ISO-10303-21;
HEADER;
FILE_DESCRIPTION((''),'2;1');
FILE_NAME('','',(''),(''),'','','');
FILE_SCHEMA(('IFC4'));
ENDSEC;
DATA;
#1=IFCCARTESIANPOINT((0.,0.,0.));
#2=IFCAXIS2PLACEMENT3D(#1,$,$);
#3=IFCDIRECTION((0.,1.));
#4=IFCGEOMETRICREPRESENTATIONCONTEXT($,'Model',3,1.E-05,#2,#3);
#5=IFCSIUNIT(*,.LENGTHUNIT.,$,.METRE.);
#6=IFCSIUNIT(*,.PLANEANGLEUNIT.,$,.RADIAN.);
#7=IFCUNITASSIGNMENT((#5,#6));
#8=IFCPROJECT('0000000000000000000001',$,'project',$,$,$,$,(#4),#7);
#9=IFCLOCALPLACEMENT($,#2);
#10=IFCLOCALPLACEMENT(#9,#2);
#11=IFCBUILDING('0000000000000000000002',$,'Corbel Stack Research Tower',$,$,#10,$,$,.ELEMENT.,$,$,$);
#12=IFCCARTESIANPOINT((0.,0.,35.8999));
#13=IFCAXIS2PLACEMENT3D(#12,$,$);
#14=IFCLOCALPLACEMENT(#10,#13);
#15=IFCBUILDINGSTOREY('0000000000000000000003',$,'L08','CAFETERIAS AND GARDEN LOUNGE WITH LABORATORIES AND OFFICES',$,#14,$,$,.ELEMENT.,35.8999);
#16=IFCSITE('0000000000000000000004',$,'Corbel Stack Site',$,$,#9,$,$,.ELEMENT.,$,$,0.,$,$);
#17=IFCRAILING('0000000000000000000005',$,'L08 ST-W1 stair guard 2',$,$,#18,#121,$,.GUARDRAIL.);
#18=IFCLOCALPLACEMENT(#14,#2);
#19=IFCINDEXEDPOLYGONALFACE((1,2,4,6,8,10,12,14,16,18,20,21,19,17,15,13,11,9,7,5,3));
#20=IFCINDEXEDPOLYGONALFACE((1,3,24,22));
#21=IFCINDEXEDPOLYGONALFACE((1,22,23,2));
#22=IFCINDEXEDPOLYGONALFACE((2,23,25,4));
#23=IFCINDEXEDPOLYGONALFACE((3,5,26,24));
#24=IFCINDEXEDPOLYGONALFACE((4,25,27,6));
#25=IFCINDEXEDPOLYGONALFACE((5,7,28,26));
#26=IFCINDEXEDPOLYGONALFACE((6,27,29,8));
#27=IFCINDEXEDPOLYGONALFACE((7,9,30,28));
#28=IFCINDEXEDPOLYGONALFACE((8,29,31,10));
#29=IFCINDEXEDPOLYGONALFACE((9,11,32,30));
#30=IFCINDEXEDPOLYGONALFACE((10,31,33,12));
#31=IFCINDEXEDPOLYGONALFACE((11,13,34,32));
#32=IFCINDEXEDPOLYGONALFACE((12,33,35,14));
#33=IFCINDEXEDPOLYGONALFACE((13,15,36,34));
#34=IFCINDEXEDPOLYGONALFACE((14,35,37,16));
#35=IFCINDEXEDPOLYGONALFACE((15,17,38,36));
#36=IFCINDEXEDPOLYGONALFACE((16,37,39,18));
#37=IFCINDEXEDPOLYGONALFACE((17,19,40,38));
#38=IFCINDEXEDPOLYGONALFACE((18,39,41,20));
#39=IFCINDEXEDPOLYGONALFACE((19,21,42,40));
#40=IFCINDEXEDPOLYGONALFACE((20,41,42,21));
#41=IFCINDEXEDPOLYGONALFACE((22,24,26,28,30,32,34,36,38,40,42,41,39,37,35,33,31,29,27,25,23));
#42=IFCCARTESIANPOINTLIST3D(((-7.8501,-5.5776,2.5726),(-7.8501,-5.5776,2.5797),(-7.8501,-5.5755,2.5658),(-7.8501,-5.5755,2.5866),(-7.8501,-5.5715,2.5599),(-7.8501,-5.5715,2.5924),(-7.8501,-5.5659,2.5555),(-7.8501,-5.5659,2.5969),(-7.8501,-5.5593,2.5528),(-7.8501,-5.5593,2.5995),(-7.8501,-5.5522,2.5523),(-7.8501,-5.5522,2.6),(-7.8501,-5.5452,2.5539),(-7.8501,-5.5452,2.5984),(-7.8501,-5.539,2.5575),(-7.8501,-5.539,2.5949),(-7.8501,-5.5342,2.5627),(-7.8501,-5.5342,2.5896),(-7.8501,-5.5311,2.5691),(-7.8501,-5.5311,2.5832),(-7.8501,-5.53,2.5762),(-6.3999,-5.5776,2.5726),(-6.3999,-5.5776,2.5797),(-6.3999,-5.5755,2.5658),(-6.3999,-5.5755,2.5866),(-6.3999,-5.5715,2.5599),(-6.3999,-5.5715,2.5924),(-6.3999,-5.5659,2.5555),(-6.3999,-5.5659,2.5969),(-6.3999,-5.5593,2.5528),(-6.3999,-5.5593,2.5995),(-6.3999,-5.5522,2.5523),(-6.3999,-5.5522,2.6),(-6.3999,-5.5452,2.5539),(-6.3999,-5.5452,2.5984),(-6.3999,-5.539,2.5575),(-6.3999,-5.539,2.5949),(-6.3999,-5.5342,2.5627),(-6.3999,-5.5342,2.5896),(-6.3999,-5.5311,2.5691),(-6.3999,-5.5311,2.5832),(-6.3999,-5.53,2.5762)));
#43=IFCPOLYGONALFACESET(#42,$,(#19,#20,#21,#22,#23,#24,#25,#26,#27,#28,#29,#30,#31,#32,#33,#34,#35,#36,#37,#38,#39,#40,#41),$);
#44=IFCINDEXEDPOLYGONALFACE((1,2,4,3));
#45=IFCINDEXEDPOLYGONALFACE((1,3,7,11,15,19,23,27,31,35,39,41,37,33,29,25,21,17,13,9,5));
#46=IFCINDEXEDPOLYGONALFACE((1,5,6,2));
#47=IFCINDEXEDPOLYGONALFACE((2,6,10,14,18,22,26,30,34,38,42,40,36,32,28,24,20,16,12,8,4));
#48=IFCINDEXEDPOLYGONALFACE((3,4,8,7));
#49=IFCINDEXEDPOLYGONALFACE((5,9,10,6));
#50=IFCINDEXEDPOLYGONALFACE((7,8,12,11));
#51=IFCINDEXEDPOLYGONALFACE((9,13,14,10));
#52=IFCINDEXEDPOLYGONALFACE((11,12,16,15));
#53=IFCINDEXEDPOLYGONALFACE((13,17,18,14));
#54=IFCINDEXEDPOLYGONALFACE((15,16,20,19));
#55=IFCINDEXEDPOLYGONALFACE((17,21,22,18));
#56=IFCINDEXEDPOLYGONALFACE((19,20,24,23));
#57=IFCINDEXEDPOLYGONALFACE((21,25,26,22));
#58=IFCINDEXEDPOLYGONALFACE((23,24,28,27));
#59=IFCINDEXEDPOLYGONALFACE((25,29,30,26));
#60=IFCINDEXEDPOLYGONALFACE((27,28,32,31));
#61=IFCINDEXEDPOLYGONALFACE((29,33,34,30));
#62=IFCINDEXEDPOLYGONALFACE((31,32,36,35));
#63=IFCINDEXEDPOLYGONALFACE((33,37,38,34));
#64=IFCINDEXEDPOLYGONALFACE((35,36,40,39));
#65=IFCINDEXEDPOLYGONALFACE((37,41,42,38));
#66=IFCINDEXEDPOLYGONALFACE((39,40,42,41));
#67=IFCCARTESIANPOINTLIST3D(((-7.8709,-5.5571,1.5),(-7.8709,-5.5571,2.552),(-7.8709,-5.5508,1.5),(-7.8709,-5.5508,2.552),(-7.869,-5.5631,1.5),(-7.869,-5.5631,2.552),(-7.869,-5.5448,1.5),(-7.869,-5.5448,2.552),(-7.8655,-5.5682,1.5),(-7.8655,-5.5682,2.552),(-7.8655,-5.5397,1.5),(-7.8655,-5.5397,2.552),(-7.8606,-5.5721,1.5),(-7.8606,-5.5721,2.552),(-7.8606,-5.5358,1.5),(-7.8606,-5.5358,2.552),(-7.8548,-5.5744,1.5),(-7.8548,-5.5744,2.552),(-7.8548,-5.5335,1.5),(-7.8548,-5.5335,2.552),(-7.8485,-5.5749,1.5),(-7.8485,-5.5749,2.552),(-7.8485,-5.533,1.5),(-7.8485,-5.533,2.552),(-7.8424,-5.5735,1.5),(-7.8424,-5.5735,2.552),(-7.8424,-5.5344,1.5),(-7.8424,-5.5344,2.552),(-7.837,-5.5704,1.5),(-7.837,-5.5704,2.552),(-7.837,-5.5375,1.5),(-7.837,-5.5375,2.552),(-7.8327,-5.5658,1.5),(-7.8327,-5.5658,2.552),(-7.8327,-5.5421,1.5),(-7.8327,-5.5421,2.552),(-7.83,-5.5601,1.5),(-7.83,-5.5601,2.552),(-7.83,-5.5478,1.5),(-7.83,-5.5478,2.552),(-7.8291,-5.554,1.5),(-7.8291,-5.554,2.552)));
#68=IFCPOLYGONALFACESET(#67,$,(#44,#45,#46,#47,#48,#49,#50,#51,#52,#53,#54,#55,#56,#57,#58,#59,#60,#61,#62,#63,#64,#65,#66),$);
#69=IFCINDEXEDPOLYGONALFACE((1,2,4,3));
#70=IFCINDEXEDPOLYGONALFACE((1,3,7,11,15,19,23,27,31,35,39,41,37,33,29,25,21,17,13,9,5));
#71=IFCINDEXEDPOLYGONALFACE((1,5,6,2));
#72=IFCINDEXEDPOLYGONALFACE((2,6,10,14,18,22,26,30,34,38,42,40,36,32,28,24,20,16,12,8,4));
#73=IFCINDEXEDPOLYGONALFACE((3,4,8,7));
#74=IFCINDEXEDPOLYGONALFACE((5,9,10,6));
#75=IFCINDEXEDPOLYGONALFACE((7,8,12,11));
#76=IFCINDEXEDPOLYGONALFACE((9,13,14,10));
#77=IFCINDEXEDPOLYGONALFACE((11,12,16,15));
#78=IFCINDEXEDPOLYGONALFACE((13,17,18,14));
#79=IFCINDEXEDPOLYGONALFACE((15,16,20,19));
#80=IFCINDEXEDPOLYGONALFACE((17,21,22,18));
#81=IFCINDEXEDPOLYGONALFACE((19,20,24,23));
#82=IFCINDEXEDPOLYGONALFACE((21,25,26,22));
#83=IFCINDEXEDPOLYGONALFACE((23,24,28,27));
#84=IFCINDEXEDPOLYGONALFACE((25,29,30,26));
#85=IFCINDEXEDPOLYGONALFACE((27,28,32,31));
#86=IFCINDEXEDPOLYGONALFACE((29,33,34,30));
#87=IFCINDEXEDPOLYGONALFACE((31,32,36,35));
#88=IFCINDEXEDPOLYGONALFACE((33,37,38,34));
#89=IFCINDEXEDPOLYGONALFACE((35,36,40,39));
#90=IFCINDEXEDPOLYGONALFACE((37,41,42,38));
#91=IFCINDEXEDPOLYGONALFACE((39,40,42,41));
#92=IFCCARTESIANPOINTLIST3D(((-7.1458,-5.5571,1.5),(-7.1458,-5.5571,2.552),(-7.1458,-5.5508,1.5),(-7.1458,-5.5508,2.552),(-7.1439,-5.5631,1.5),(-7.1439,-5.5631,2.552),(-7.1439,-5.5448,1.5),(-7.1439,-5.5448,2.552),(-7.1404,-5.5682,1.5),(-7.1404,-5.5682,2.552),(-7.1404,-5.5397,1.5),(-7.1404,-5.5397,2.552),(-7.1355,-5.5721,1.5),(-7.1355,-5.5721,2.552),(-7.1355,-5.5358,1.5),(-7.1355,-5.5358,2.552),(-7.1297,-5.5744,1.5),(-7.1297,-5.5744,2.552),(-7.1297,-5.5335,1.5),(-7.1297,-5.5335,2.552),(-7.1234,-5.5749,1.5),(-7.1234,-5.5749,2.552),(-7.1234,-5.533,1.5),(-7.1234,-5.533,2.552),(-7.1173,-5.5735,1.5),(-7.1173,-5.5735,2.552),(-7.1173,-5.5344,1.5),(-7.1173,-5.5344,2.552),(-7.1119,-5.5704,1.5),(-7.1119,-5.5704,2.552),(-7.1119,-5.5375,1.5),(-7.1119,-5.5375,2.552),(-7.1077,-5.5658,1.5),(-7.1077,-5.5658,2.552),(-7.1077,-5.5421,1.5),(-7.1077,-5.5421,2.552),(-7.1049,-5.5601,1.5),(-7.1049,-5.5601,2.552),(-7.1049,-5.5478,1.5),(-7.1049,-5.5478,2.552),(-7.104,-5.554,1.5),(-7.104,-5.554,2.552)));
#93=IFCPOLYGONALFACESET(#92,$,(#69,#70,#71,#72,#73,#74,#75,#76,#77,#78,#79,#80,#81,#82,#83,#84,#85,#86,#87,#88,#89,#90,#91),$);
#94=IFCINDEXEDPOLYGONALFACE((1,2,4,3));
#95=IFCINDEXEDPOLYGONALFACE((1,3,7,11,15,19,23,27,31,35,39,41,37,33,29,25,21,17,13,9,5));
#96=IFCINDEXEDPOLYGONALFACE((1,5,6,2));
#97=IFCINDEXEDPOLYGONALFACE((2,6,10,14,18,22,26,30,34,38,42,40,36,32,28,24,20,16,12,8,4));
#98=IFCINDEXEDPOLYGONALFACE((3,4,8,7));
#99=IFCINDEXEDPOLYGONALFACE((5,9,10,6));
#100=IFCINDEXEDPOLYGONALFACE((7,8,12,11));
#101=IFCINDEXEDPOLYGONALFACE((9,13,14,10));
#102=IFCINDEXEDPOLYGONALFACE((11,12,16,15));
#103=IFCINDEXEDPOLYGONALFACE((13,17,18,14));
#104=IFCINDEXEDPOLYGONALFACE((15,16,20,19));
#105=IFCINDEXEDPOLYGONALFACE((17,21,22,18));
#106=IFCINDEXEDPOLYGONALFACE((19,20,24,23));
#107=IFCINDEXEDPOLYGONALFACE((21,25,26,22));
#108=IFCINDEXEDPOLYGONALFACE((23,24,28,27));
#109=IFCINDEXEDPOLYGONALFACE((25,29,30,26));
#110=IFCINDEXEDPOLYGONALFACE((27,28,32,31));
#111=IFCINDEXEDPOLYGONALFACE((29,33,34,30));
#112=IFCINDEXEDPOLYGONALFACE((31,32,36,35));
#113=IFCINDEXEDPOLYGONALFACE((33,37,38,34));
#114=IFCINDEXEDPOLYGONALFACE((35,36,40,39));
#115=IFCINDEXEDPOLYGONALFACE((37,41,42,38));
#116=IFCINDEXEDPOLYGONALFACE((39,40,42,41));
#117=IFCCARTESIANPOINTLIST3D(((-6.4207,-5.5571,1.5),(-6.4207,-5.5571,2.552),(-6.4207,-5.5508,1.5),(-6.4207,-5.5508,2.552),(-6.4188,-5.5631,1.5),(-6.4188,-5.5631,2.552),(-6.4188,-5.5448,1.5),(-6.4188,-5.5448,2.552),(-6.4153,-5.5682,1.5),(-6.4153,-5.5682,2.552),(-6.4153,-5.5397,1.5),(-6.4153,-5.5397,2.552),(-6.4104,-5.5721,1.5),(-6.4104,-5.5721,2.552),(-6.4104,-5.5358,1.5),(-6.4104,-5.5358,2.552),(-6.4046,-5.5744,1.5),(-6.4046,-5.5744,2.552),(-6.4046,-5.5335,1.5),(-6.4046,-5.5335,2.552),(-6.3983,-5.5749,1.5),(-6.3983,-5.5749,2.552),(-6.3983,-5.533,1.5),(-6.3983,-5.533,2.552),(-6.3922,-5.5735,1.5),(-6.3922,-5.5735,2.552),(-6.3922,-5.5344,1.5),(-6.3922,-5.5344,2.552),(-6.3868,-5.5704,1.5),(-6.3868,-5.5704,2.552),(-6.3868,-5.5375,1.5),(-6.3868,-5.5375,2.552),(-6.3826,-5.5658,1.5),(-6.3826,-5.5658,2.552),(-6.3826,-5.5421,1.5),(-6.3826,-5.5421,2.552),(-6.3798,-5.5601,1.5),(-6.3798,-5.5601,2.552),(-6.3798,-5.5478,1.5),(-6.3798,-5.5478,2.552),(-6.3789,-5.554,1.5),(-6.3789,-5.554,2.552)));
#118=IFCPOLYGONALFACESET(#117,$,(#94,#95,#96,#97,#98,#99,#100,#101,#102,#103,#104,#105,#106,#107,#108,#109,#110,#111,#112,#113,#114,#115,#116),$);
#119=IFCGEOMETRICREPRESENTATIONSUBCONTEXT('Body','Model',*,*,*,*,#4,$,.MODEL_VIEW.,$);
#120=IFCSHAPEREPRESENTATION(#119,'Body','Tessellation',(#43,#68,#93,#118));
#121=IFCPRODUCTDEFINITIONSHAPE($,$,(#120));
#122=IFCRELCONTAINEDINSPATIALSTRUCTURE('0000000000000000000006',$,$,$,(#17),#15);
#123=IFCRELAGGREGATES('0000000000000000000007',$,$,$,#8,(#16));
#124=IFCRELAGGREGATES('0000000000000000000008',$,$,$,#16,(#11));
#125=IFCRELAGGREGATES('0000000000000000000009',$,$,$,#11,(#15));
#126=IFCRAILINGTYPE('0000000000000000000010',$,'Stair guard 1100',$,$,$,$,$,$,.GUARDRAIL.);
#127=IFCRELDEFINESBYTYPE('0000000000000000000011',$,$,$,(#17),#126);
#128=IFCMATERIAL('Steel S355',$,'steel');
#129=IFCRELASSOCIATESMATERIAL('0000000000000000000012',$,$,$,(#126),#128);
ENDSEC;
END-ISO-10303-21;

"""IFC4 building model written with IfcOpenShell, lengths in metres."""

from ifc_helpers import new_model, si_unit, direction, frame, origin, origin_2d, place, context, subcontext, project, spatial, circle, extrude, material, type_object, element, save


model = new_model("IFC4")

# Units and contexts
model_context = context("Model", 3, precision=1e-05, world=origin(), true_north=direction((0.0, 1.0)))
body_context = subcontext(model_context, "Body", "Model", "MODEL_VIEW")
ifc_project = project(units=[si_unit("LENGTHUNIT", "METRE"), si_unit("PLANEANGLEUNIT", "RADIAN")], contexts=[model_context])

# Site, building, storey
site_placement = place(None, origin())
site = spatial("IfcSite", under=ifc_project, at=site_placement, Name="Corbel Stack Site", CompositionType="ELEMENT", RefElevation=0.0)
building_placement = place(site_placement, origin())
building = spatial("IfcBuilding", under=site, at=building_placement, Name="Corbel Stack Research Tower", CompositionType="ELEMENT")
storey_placement = place(building_placement, frame((0.0, 0.0, 35.8999)))
storey = spatial("IfcBuildingStorey", under=building, at=storey_placement, Name="L08", Description="CAFETERIAS AND GARDEN LOUNGE WITH LABORATORIES AND OFFICES", CompositionType="ELEMENT", Elevation=35.8999)

# Railing
ifc_material_1 = material(Name="Steel S355", Category="steel")
railing_type_1 = type_object("IfcRailingType", Name="Stair guard 1100", PredefinedType="GUARDRAIL", material=ifc_material_1)
railing_1_placement = place(storey_placement, frame((-7.8501, -5.554, 1.5)))
element("IfcRailing", 1, at=railing_1_placement, inside=storey, type_object=railing_type_1, Name="L08 ST-W1 stair guard 2", PredefinedType="GUARDRAIL", context=body_context, shape_type="SweptSolid", body=[
    extrude(circle(Radius=0.0239, at=origin_2d()), frame((0.0, 0.0, 1.0762), z_axis=(1.0, 0.0, 0.0), x_axis=(0.0, 1.0, 0.0)), (0.0, 0.0, 1.0), 1.4502),
    extrude(circle(Radius=0.021, at=origin_2d()), origin(), (0.0, 0.0, 1.0), 1.052),
    extrude(circle(Radius=0.021, at=origin_2d()), frame((0.7251, 0.0, 0.0)), (0.0, 0.0, 1.0), 1.052),
    extrude(circle(Radius=0.021, at=origin_2d()), frame((1.4502, 0.0, 0.0)), (0.0, 0.0, 1.0), 1.052),
])

save(model, "model.ifc")
